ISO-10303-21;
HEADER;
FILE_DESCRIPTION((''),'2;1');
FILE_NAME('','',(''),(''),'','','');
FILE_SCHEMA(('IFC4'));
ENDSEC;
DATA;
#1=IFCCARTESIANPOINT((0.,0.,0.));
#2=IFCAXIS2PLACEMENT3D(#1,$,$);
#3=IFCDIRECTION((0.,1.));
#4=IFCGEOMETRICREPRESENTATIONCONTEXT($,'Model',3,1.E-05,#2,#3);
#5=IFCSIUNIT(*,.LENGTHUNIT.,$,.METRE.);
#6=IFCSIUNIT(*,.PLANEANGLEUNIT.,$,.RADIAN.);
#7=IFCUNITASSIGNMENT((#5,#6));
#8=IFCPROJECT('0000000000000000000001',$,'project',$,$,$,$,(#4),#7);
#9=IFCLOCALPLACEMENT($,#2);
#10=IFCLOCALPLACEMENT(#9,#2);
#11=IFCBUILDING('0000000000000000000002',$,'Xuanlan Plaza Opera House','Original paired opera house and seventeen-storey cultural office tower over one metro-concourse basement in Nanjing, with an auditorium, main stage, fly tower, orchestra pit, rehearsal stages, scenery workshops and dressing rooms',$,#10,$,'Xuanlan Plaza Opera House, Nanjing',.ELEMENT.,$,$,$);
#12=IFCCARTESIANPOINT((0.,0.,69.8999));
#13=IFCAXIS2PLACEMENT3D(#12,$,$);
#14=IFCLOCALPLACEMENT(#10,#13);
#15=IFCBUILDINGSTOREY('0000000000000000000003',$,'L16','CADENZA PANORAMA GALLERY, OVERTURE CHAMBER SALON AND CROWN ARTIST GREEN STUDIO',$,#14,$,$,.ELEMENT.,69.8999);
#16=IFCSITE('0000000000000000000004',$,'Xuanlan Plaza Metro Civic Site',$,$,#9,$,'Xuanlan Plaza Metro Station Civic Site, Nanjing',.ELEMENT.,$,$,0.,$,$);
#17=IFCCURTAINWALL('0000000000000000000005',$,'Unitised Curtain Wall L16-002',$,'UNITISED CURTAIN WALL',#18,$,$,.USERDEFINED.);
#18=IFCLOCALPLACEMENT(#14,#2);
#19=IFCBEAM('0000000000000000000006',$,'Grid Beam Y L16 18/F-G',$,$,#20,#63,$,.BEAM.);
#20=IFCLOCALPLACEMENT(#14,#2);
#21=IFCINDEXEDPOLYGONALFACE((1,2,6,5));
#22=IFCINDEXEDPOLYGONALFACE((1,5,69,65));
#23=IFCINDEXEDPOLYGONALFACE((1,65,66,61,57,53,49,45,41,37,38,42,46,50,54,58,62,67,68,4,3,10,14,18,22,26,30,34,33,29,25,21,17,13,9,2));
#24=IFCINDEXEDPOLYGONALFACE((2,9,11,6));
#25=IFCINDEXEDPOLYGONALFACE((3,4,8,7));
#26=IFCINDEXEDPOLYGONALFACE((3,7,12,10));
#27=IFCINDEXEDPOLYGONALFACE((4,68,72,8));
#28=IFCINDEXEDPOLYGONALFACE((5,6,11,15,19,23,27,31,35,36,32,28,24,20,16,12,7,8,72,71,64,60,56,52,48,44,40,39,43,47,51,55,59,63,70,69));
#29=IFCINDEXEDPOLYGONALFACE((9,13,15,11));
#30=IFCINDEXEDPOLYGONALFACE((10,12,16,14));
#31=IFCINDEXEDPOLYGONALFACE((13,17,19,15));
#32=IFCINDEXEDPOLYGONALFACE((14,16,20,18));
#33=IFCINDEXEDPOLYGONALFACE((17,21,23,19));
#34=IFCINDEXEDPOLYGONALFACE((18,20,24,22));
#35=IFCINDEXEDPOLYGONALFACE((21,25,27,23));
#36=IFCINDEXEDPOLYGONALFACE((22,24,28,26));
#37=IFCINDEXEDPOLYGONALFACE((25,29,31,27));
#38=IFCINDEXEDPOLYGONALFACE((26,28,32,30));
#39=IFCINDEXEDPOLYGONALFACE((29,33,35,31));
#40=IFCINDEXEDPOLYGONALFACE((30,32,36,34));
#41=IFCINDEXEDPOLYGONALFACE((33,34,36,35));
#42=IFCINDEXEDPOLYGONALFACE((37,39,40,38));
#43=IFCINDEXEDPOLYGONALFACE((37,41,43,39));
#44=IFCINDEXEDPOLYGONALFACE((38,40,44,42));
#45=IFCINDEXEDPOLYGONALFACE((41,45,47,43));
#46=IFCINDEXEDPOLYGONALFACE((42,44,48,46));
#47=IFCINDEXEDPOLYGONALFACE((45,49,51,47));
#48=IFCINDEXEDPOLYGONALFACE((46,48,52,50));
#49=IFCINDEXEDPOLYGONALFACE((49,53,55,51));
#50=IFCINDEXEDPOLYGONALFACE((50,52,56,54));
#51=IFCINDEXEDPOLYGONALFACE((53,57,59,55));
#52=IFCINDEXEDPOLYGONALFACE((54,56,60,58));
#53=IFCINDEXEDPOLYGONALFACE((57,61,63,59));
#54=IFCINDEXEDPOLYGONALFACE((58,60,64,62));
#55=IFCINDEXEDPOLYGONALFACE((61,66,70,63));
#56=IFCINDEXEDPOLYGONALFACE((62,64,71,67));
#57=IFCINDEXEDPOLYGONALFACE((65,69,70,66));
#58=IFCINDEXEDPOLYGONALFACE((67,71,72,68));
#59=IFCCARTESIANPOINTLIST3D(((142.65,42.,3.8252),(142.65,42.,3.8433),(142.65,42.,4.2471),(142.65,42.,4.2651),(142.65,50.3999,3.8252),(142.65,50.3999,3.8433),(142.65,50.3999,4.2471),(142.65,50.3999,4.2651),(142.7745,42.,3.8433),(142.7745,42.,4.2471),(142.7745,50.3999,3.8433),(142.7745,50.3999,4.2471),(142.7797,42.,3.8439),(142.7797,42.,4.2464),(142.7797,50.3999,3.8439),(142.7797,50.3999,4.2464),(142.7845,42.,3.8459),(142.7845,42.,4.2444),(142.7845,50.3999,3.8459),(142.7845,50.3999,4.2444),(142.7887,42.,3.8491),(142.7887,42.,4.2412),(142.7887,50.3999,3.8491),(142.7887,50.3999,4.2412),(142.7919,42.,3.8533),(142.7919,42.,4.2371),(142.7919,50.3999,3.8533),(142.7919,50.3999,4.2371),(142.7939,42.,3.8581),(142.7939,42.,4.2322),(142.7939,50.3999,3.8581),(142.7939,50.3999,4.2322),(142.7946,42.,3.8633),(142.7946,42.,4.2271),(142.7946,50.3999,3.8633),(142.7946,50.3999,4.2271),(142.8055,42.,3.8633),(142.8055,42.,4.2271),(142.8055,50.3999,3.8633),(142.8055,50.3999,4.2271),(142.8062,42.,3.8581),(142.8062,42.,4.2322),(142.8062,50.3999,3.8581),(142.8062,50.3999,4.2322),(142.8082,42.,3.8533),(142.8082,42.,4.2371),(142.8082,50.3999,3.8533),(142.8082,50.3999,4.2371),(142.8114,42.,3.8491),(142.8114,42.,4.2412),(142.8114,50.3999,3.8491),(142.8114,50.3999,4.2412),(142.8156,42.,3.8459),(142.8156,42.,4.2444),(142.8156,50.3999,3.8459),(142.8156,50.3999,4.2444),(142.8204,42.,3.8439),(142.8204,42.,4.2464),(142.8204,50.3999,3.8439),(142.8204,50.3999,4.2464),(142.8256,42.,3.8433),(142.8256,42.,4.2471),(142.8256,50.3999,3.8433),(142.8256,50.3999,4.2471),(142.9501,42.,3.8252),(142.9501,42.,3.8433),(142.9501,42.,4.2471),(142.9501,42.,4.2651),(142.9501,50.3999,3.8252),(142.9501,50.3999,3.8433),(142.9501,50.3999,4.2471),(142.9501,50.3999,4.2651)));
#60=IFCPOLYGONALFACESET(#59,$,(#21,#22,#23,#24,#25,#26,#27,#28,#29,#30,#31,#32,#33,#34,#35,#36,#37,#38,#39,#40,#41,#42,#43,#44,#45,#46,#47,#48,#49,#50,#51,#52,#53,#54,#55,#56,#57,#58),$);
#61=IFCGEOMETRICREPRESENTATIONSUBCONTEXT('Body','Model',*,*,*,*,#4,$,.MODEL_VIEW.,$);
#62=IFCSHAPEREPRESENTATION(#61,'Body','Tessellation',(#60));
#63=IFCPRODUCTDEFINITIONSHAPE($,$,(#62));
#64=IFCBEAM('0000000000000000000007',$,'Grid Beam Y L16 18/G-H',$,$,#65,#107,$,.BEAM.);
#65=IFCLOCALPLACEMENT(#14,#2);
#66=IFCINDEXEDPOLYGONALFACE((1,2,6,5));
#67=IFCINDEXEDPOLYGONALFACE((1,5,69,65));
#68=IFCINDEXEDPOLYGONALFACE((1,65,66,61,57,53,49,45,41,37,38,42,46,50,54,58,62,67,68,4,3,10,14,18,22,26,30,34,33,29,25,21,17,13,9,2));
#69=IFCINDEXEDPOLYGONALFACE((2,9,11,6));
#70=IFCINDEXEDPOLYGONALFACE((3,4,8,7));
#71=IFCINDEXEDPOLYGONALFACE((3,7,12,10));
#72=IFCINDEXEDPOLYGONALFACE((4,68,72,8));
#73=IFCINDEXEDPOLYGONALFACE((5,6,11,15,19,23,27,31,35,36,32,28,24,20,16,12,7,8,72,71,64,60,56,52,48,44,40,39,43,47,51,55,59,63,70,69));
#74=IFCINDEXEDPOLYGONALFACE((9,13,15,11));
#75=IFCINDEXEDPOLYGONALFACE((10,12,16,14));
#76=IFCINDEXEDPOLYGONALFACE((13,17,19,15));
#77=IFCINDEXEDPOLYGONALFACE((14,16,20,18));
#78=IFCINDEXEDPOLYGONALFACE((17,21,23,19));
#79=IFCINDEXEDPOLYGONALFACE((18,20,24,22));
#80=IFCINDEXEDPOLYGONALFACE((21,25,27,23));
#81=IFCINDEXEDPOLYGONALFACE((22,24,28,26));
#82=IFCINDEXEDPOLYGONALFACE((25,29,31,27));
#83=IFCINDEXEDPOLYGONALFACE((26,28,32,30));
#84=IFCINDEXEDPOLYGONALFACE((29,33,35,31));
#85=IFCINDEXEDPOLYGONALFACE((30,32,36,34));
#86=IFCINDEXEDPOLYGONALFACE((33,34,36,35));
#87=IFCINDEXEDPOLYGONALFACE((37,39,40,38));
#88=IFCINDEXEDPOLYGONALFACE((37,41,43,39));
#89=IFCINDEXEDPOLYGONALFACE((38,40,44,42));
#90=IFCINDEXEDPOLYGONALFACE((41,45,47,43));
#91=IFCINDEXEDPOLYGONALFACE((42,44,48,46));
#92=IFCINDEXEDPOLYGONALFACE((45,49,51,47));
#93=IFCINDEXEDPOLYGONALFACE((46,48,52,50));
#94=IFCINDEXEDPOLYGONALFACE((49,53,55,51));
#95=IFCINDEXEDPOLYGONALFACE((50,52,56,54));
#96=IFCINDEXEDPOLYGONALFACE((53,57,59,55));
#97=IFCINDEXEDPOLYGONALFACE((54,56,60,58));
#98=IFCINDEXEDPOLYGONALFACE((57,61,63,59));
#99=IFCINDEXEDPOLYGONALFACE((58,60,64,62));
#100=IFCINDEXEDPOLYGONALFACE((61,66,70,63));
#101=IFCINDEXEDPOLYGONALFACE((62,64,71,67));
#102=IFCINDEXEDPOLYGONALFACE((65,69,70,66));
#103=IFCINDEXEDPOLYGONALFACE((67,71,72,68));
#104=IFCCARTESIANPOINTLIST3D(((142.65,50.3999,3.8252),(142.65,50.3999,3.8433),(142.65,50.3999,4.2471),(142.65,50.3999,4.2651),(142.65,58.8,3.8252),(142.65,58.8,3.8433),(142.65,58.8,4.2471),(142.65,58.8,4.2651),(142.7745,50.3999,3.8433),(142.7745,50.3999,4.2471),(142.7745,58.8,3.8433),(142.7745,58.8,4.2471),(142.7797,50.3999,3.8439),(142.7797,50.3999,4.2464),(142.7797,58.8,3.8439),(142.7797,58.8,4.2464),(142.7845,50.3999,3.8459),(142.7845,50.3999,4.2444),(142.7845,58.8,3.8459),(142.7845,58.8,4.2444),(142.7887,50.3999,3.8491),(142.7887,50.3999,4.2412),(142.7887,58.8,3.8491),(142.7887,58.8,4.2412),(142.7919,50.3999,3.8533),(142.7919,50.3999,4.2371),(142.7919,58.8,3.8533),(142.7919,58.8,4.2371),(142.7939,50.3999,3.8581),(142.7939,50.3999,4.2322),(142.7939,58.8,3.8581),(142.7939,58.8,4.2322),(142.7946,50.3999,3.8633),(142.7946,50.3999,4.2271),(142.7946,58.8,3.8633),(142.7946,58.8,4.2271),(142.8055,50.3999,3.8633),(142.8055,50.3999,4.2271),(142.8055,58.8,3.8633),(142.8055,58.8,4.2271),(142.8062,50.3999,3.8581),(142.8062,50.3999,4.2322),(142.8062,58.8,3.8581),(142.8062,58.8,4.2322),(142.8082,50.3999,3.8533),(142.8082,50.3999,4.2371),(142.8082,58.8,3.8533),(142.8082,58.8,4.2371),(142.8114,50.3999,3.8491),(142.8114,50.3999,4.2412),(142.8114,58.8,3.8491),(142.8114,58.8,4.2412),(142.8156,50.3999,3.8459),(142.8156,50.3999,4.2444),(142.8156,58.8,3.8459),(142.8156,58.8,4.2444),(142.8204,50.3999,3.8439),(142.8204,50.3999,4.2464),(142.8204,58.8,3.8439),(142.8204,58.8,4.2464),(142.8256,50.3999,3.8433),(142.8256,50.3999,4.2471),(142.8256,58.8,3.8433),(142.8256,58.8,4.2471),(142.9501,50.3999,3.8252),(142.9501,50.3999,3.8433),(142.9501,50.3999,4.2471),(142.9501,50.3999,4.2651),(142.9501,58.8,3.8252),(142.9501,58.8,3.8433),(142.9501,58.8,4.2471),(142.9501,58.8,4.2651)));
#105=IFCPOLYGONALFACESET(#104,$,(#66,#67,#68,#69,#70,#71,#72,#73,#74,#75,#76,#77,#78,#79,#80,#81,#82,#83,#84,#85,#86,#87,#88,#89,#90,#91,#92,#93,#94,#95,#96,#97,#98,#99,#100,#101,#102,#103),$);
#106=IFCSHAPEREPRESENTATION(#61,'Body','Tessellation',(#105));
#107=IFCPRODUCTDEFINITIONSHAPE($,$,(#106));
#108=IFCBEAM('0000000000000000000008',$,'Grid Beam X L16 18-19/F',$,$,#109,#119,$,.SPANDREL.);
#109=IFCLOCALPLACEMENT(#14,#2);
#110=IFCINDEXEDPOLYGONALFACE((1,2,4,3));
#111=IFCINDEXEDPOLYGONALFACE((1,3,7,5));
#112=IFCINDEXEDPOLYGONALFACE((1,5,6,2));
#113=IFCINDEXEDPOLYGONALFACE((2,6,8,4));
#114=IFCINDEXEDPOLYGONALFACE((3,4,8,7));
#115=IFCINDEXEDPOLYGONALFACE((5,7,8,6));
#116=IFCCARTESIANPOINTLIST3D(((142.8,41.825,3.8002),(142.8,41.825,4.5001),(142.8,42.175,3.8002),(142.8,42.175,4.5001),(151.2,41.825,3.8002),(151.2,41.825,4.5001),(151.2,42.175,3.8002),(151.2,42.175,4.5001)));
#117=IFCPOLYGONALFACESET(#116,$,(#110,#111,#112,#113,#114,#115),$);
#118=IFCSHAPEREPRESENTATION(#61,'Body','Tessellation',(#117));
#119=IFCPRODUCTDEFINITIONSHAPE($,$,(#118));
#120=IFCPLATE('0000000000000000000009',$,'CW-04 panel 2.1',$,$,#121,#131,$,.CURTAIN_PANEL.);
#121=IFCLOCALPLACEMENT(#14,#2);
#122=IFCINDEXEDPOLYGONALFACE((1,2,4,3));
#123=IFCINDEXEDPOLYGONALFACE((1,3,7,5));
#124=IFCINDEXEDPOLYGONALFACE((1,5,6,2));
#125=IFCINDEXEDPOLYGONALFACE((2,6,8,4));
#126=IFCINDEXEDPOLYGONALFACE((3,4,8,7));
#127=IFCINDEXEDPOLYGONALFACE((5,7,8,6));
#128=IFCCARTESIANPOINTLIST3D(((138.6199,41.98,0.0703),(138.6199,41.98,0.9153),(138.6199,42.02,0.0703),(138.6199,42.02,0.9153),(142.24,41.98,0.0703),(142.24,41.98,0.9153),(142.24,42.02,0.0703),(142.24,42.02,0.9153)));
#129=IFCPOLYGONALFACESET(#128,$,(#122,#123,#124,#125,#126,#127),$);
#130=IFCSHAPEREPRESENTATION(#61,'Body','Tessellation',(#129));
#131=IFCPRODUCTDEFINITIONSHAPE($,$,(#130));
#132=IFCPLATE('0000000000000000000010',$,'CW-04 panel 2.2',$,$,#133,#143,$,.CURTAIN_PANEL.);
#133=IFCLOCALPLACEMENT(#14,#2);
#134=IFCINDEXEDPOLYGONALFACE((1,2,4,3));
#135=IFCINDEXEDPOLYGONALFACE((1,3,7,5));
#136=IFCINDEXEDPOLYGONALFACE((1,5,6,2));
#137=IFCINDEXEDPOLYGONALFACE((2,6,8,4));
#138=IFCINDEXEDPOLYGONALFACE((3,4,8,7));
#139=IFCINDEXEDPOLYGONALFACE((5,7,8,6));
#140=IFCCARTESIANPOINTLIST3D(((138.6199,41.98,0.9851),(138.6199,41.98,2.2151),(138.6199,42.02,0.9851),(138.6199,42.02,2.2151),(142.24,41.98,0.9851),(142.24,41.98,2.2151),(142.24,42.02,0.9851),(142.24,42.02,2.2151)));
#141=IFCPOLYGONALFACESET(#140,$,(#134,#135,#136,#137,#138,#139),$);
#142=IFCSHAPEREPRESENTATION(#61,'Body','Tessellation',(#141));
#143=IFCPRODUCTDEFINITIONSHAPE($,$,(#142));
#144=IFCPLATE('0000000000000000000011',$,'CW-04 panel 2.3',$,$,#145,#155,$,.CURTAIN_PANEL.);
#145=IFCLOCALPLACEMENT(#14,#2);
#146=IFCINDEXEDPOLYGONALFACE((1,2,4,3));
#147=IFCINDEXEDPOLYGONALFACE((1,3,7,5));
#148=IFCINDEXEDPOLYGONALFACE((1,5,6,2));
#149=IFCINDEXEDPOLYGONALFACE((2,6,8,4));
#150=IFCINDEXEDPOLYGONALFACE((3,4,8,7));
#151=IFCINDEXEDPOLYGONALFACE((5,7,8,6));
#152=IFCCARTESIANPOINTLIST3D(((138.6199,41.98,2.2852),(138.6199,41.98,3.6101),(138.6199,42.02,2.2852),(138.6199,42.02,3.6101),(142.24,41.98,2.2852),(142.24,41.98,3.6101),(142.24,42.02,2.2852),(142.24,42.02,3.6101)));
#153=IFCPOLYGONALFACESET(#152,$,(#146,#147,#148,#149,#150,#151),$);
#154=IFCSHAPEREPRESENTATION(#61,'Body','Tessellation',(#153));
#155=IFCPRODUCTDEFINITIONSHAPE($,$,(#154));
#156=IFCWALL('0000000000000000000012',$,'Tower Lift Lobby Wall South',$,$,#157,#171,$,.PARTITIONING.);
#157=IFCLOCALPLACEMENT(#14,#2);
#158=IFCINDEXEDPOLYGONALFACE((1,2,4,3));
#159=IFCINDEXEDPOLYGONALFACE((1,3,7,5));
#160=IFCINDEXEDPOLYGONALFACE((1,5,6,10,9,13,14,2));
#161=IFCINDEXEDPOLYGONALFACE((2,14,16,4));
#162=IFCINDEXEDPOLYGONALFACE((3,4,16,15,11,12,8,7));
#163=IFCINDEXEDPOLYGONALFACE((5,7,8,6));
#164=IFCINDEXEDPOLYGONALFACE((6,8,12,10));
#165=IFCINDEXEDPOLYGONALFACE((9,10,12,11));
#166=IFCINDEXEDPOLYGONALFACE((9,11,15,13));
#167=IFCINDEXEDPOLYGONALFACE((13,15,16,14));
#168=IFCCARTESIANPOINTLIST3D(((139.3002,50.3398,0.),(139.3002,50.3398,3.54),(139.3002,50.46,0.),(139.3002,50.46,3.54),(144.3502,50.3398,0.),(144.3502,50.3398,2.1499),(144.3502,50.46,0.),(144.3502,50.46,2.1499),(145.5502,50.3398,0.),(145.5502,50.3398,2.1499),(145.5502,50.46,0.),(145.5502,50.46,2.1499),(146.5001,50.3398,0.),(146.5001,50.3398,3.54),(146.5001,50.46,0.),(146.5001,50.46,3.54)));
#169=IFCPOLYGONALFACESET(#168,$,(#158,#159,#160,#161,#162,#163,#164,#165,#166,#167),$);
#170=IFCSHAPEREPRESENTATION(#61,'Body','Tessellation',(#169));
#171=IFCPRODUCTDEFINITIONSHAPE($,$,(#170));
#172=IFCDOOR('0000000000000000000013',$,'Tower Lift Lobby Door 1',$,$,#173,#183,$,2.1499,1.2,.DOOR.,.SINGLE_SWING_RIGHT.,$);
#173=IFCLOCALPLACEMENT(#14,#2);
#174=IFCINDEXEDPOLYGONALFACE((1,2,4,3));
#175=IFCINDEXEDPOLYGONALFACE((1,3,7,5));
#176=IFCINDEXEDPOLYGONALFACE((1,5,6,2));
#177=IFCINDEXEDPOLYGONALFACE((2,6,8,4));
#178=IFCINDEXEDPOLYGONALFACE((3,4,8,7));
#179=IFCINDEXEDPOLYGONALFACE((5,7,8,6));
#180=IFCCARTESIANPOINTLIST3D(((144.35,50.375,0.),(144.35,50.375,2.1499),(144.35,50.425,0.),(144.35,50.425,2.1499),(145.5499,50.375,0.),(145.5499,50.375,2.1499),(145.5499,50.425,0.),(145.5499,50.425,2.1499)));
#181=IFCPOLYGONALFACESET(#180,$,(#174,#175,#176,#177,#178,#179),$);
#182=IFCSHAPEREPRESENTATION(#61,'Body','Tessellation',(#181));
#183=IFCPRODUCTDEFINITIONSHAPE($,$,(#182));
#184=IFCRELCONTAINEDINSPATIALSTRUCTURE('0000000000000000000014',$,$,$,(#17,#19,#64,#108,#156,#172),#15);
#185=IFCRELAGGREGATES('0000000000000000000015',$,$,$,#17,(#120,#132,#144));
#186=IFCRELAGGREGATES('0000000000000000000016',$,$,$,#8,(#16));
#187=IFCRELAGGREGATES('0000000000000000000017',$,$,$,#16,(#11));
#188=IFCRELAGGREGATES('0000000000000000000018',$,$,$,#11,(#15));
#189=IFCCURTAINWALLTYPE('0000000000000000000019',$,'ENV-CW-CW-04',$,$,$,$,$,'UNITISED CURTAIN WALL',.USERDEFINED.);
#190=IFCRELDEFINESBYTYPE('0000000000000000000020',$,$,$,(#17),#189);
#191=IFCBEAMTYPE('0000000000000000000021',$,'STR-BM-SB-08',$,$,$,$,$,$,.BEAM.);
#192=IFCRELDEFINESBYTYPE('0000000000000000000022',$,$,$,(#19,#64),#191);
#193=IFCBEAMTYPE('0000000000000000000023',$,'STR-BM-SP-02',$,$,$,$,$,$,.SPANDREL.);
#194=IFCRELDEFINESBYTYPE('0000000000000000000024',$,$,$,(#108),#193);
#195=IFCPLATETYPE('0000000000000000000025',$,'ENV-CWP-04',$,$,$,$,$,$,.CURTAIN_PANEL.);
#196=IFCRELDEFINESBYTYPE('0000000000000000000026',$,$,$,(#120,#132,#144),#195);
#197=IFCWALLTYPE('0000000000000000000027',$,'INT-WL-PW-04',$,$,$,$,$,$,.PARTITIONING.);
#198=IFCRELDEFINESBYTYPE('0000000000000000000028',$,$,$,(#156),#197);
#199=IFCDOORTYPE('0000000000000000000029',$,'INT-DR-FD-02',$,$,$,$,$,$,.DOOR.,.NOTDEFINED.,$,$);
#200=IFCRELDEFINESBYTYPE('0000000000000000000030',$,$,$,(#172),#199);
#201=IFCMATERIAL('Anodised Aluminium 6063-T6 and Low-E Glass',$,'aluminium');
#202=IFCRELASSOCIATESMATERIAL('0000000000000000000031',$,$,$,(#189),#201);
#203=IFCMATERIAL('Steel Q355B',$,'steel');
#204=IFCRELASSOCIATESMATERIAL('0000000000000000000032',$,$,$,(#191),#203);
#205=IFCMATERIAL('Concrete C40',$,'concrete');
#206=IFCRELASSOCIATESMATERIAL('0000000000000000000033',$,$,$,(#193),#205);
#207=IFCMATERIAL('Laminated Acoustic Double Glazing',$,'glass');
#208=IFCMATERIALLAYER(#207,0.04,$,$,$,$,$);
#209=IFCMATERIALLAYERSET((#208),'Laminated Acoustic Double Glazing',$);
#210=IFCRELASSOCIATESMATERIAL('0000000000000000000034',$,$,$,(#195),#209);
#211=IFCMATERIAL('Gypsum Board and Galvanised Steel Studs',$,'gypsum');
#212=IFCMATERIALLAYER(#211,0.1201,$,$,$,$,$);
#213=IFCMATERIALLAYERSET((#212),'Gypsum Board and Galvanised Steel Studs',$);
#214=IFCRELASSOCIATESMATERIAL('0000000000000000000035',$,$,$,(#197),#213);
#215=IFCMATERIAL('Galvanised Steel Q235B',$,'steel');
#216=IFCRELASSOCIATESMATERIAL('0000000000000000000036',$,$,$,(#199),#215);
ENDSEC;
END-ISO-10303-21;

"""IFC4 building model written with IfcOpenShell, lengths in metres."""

from ifc_helpers import new_model, si_unit, direction, frame, frame_2d, origin, origin_2d, place, context, subcontext, project, spatial, rectangle, i_section, extrude, material, layer, layer_set, material_profile, profile_set, type_object, element, fill, aggregate, save


model = new_model("IFC4")

# Units and contexts
model_context = context("Model", 3, precision=1e-05, world=origin(), true_north=direction((0.0, 1.0)))
body_context = subcontext(model_context, "Body", "Model", "MODEL_VIEW")
ifc_project = project(units=[si_unit("LENGTHUNIT", "METRE"), si_unit("PLANEANGLEUNIT", "RADIAN")], contexts=[model_context])

# Site, building, storey
site_placement = place(None, origin())
site = spatial("IfcSite", under=ifc_project, at=site_placement, Name="Xuanlan Plaza Metro Civic Site", LongName="Xuanlan Plaza Metro Station Civic Site, Nanjing", CompositionType="ELEMENT", RefElevation=0.0)
building_placement = place(site_placement, origin())
building = spatial("IfcBuilding", under=site, at=building_placement, Name="Xuanlan Plaza Opera House", Description="Original paired opera house and seventeen-storey cultural office tower over one metro-concourse basement in Nanjing, with an auditorium, main stage, fly tower, orchestra pit, rehearsal stages, scenery workshops and dressing rooms", LongName="Xuanlan Plaza Opera House, Nanjing", CompositionType="ELEMENT")
storey_placement = place(building_placement, frame((0.0, 0.0, 69.8999)))
storey = spatial("IfcBuildingStorey", under=building, at=storey_placement, Name="L16", Description="CADENZA PANORAMA GALLERY, OVERTURE CHAMBER SALON AND CROWN ARTIST GREEN STUDIO", CompositionType="ELEMENT", Elevation=69.8999)

# Shared definitions
ifc_material_1 = material(Name="Anodised Aluminium 6063-T6 and Low-E Glass", Category="aluminium")

# Curtain wall
curtain_wall_type_1 = type_object("IfcCurtainWallType", Name="ENV-CW-CW-04", ElementType="UNITISED CURTAIN WALL", PredefinedType="USERDEFINED", material=ifc_material_1)
curtain_wall_1_placement = place(storey_placement, origin())
curtain_wall_1 = element("IfcCurtainWall", 1, at=curtain_wall_1_placement, inside=storey, type_object=curtain_wall_type_1, Name="Unitised Curtain Wall L16-002", ObjectType="UNITISED CURTAIN WALL", PredefinedType="USERDEFINED")

# Beams
ifc_material_2 = material(Name="Concrete C40", Category="concrete")
ifc_material_3 = material(Name="Steel Q355B", Category="steel")
ifc_material_profile_1 = material_profile(ifc_material_3, i_section(OverallWidth=0.3, OverallDepth=0.4399, WebThickness=0.011, FlangeThickness=0.0181, FilletRadius=0.02, at=origin_2d()), Name="HM 440x300x11x18")
ifc_profile_set_1 = profile_set([ifc_material_profile_1], Name="Steel Q355B")
beam_type_1 = type_object("IfcBeamType", Name="STR-BM-SB-08", PredefinedType="BEAM", material=ifc_profile_set_1)
beam_1_placement = place(storey_placement, frame((142.8, 42.0, 4.0452), z_axis=(0.0, 1.0, 0.0), x_axis=(-1.0, 0.0, 0.0)))
element("IfcBeam", 2, at=beam_1_placement, inside=storey, type_object=beam_type_1, Name="Grid Beam Y L16 18/F-G", PredefinedType="BEAM", context=body_context, shape_type="SweptSolid", body=[
    extrude(i_section(OverallWidth=0.3, OverallDepth=0.4399, WebThickness=0.011, FlangeThickness=0.0181, FilletRadius=0.02, at=origin_2d()), origin(), (0.0, 0.0, 1.0), 8.3999),
])
beam_2_placement = place(storey_placement, frame((142.8, 50.3999, 4.0452), z_axis=(0.0, 1.0, 0.0), x_axis=(-1.0, 0.0, 0.0)))
element("IfcBeam", 3, at=beam_2_placement, inside=storey, type_object=beam_type_1, Name="Grid Beam Y L16 18/G-H", PredefinedType="BEAM", context=body_context, shape_type="SweptSolid", body=[
    extrude(i_section(OverallWidth=0.3, OverallDepth=0.4399, WebThickness=0.011, FlangeThickness=0.0181, FilletRadius=0.02, at=origin_2d()), origin(), (0.0, 0.0, 1.0), 8.4001),
])
ifc_material_profile_2 = material_profile(ifc_material_2, rectangle(XDim=0.3501, YDim=0.7, at=origin_2d()), Name="RC-SPD 350x700")
ifc_profile_set_2 = profile_set([ifc_material_profile_2], Name="Concrete C40")
beam_type_2 = type_object("IfcBeamType", Name="STR-BM-SP-02", PredefinedType="SPANDREL", material=ifc_profile_set_2)
beam_3_placement = place(storey_placement, frame((142.8, 42.0, 4.1501), z_axis=(1.0, 0.0, 0.0), x_axis=(0.0, 1.0, 0.0)))
element("IfcBeam", 4, at=beam_3_placement, inside=storey, type_object=beam_type_2, Name="Grid Beam X L16 18-19/F", PredefinedType="SPANDREL", context=body_context, shape_type="SweptSolid", body=[
    extrude(rectangle(XDim=0.3501, YDim=0.7, at=origin_2d()), origin(), (0.0, 0.0, 1.0), 8.3999),
])

# Plates
ifc_material_4 = material(Name="Laminated Acoustic Double Glazing", Category="glass")
ifc_layer_1 = layer(ifc_material_4, 0.04)
ifc_layer_set_1 = layer_set([ifc_layer_1], Name="Laminated Acoustic Double Glazing")
plate_type = type_object("IfcPlateType", Name="ENV-CWP-04", PredefinedType="CURTAIN_PANEL", material=ifc_layer_set_1)
plate_1_placement = place(storey_placement, frame((140.4299, 42.0, 0.0703), z_axis=(0.0, 0.0, 1.0), x_axis=(1.0, 0.0, 0.0)))
plate_1 = element("IfcPlate", 5, at=plate_1_placement, type_object=plate_type, Name="CW-04 panel 2.1", PredefinedType="CURTAIN_PANEL", context=body_context, shape_type="SweptSolid", body=[
    extrude(rectangle(XDim=3.6201, YDim=0.04, at=origin_2d()), origin(), (0.0, 0.0, 1.0), 0.845),
])
plate_2_placement = place(storey_placement, frame((140.4299, 42.0, 0.9851), z_axis=(0.0, 0.0, 1.0), x_axis=(1.0, 0.0, 0.0)))
plate_2 = element("IfcPlate", 6, at=plate_2_placement, type_object=plate_type, Name="CW-04 panel 2.2", PredefinedType="CURTAIN_PANEL", context=body_context, shape_type="SweptSolid", body=[
    extrude(rectangle(XDim=3.6201, YDim=0.04, at=origin_2d()), origin(), (0.0, 0.0, 1.0), 1.23),
])
plate_3_placement = place(storey_placement, frame((140.4299, 42.0, 2.2852), z_axis=(0.0, 0.0, 1.0), x_axis=(1.0, 0.0, 0.0)))
plate_3 = element("IfcPlate", 7, at=plate_3_placement, type_object=plate_type, Name="CW-04 panel 2.3", PredefinedType="CURTAIN_PANEL", context=body_context, shape_type="SweptSolid", body=[
    extrude(rectangle(XDim=3.6201, YDim=0.04, at=origin_2d()), origin(), (0.0, 0.0, 1.0), 1.325),
])
aggregate(curtain_wall_1, [plate_1, plate_2, plate_3])

# Wall, opening, door
ifc_material_5 = material(Name="Gypsum Board and Galvanised Steel Studs", Category="gypsum")
ifc_layer_2 = layer(ifc_material_5, 0.1201)
ifc_layer_set_2 = layer_set([ifc_layer_2], Name="Gypsum Board and Galvanised Steel Studs")
wall_type_1 = type_object("IfcWallType", Name="INT-WL-PW-04", PredefinedType="PARTITIONING", material=ifc_layer_set_2)
wall_1_placement = place(storey_placement, frame((139.3, 50.3999, 0.0), z_axis=(0.0, 0.0, 1.0), x_axis=(1.0, 0.0, 0.0)))
wall_1 = element("IfcWall", 8, at=wall_1_placement, inside=storey, type_object=wall_type_1, Name="Tower Lift Lobby Wall South", PredefinedType="PARTITIONING", context=body_context, shape_type="SweptSolid", body=[
    extrude(rectangle(XDim=7.2, YDim=0.1201, at=frame_2d((3.6001, 0.0))), origin(), (0.0, 0.0, 1.0), 3.54),
])
opening_1_placement = place(wall_1_placement, frame((5.05, 0.0, 0.0)))
opening_1 = element("IfcOpeningElement", 9, at=opening_1_placement, cuts=wall_1, PredefinedType="OPENING", context=body_context, shape_type="SweptSolid", body=[
    extrude(rectangle(XDim=1.2, YDim=2.1499, at=frame_2d((0.6001, 1.075))), frame((0.0, 0.0701, 0.0), z_axis=(0.0, -1.0, 0.0), x_axis=(1.0, 0.0, 0.0)), (0.0, 0.0, 1.0), 0.1401),
])
ifc_material_6 = material(Name="Galvanised Steel Q235B", Category="steel")
door_type_1 = type_object("IfcDoorType", Name="INT-DR-FD-02", OperationType="NOTDEFINED", PredefinedType="DOOR", material=ifc_material_6)
door_1_placement = place(opening_1_placement, frame((1.2, 0.0, 0.0), z_axis=(0.0, 0.0, 1.0), x_axis=(-1.0, 0.0, 0.0)))
door_1 = element("IfcDoor", 10, at=door_1_placement, inside=storey, type_object=door_type_1, Name="Tower Lift Lobby Door 1", OperationType="SINGLE_SWING_RIGHT", OverallHeight=2.1499, OverallWidth=1.2, PredefinedType="DOOR", context=body_context, shape_type="SweptSolid", body=[
    extrude(rectangle(XDim=1.2, YDim=2.1499, at=frame_2d((0.6001, 1.075))), frame((0.0, 0.0249, 0.0), z_axis=(0.0, -1.0, 0.0), x_axis=(1.0, 0.0, 0.0)), (0.0, 0.0, 1.0), 0.05),
])
fill(opening_1, door_1)

save(model, "model.ifc")
